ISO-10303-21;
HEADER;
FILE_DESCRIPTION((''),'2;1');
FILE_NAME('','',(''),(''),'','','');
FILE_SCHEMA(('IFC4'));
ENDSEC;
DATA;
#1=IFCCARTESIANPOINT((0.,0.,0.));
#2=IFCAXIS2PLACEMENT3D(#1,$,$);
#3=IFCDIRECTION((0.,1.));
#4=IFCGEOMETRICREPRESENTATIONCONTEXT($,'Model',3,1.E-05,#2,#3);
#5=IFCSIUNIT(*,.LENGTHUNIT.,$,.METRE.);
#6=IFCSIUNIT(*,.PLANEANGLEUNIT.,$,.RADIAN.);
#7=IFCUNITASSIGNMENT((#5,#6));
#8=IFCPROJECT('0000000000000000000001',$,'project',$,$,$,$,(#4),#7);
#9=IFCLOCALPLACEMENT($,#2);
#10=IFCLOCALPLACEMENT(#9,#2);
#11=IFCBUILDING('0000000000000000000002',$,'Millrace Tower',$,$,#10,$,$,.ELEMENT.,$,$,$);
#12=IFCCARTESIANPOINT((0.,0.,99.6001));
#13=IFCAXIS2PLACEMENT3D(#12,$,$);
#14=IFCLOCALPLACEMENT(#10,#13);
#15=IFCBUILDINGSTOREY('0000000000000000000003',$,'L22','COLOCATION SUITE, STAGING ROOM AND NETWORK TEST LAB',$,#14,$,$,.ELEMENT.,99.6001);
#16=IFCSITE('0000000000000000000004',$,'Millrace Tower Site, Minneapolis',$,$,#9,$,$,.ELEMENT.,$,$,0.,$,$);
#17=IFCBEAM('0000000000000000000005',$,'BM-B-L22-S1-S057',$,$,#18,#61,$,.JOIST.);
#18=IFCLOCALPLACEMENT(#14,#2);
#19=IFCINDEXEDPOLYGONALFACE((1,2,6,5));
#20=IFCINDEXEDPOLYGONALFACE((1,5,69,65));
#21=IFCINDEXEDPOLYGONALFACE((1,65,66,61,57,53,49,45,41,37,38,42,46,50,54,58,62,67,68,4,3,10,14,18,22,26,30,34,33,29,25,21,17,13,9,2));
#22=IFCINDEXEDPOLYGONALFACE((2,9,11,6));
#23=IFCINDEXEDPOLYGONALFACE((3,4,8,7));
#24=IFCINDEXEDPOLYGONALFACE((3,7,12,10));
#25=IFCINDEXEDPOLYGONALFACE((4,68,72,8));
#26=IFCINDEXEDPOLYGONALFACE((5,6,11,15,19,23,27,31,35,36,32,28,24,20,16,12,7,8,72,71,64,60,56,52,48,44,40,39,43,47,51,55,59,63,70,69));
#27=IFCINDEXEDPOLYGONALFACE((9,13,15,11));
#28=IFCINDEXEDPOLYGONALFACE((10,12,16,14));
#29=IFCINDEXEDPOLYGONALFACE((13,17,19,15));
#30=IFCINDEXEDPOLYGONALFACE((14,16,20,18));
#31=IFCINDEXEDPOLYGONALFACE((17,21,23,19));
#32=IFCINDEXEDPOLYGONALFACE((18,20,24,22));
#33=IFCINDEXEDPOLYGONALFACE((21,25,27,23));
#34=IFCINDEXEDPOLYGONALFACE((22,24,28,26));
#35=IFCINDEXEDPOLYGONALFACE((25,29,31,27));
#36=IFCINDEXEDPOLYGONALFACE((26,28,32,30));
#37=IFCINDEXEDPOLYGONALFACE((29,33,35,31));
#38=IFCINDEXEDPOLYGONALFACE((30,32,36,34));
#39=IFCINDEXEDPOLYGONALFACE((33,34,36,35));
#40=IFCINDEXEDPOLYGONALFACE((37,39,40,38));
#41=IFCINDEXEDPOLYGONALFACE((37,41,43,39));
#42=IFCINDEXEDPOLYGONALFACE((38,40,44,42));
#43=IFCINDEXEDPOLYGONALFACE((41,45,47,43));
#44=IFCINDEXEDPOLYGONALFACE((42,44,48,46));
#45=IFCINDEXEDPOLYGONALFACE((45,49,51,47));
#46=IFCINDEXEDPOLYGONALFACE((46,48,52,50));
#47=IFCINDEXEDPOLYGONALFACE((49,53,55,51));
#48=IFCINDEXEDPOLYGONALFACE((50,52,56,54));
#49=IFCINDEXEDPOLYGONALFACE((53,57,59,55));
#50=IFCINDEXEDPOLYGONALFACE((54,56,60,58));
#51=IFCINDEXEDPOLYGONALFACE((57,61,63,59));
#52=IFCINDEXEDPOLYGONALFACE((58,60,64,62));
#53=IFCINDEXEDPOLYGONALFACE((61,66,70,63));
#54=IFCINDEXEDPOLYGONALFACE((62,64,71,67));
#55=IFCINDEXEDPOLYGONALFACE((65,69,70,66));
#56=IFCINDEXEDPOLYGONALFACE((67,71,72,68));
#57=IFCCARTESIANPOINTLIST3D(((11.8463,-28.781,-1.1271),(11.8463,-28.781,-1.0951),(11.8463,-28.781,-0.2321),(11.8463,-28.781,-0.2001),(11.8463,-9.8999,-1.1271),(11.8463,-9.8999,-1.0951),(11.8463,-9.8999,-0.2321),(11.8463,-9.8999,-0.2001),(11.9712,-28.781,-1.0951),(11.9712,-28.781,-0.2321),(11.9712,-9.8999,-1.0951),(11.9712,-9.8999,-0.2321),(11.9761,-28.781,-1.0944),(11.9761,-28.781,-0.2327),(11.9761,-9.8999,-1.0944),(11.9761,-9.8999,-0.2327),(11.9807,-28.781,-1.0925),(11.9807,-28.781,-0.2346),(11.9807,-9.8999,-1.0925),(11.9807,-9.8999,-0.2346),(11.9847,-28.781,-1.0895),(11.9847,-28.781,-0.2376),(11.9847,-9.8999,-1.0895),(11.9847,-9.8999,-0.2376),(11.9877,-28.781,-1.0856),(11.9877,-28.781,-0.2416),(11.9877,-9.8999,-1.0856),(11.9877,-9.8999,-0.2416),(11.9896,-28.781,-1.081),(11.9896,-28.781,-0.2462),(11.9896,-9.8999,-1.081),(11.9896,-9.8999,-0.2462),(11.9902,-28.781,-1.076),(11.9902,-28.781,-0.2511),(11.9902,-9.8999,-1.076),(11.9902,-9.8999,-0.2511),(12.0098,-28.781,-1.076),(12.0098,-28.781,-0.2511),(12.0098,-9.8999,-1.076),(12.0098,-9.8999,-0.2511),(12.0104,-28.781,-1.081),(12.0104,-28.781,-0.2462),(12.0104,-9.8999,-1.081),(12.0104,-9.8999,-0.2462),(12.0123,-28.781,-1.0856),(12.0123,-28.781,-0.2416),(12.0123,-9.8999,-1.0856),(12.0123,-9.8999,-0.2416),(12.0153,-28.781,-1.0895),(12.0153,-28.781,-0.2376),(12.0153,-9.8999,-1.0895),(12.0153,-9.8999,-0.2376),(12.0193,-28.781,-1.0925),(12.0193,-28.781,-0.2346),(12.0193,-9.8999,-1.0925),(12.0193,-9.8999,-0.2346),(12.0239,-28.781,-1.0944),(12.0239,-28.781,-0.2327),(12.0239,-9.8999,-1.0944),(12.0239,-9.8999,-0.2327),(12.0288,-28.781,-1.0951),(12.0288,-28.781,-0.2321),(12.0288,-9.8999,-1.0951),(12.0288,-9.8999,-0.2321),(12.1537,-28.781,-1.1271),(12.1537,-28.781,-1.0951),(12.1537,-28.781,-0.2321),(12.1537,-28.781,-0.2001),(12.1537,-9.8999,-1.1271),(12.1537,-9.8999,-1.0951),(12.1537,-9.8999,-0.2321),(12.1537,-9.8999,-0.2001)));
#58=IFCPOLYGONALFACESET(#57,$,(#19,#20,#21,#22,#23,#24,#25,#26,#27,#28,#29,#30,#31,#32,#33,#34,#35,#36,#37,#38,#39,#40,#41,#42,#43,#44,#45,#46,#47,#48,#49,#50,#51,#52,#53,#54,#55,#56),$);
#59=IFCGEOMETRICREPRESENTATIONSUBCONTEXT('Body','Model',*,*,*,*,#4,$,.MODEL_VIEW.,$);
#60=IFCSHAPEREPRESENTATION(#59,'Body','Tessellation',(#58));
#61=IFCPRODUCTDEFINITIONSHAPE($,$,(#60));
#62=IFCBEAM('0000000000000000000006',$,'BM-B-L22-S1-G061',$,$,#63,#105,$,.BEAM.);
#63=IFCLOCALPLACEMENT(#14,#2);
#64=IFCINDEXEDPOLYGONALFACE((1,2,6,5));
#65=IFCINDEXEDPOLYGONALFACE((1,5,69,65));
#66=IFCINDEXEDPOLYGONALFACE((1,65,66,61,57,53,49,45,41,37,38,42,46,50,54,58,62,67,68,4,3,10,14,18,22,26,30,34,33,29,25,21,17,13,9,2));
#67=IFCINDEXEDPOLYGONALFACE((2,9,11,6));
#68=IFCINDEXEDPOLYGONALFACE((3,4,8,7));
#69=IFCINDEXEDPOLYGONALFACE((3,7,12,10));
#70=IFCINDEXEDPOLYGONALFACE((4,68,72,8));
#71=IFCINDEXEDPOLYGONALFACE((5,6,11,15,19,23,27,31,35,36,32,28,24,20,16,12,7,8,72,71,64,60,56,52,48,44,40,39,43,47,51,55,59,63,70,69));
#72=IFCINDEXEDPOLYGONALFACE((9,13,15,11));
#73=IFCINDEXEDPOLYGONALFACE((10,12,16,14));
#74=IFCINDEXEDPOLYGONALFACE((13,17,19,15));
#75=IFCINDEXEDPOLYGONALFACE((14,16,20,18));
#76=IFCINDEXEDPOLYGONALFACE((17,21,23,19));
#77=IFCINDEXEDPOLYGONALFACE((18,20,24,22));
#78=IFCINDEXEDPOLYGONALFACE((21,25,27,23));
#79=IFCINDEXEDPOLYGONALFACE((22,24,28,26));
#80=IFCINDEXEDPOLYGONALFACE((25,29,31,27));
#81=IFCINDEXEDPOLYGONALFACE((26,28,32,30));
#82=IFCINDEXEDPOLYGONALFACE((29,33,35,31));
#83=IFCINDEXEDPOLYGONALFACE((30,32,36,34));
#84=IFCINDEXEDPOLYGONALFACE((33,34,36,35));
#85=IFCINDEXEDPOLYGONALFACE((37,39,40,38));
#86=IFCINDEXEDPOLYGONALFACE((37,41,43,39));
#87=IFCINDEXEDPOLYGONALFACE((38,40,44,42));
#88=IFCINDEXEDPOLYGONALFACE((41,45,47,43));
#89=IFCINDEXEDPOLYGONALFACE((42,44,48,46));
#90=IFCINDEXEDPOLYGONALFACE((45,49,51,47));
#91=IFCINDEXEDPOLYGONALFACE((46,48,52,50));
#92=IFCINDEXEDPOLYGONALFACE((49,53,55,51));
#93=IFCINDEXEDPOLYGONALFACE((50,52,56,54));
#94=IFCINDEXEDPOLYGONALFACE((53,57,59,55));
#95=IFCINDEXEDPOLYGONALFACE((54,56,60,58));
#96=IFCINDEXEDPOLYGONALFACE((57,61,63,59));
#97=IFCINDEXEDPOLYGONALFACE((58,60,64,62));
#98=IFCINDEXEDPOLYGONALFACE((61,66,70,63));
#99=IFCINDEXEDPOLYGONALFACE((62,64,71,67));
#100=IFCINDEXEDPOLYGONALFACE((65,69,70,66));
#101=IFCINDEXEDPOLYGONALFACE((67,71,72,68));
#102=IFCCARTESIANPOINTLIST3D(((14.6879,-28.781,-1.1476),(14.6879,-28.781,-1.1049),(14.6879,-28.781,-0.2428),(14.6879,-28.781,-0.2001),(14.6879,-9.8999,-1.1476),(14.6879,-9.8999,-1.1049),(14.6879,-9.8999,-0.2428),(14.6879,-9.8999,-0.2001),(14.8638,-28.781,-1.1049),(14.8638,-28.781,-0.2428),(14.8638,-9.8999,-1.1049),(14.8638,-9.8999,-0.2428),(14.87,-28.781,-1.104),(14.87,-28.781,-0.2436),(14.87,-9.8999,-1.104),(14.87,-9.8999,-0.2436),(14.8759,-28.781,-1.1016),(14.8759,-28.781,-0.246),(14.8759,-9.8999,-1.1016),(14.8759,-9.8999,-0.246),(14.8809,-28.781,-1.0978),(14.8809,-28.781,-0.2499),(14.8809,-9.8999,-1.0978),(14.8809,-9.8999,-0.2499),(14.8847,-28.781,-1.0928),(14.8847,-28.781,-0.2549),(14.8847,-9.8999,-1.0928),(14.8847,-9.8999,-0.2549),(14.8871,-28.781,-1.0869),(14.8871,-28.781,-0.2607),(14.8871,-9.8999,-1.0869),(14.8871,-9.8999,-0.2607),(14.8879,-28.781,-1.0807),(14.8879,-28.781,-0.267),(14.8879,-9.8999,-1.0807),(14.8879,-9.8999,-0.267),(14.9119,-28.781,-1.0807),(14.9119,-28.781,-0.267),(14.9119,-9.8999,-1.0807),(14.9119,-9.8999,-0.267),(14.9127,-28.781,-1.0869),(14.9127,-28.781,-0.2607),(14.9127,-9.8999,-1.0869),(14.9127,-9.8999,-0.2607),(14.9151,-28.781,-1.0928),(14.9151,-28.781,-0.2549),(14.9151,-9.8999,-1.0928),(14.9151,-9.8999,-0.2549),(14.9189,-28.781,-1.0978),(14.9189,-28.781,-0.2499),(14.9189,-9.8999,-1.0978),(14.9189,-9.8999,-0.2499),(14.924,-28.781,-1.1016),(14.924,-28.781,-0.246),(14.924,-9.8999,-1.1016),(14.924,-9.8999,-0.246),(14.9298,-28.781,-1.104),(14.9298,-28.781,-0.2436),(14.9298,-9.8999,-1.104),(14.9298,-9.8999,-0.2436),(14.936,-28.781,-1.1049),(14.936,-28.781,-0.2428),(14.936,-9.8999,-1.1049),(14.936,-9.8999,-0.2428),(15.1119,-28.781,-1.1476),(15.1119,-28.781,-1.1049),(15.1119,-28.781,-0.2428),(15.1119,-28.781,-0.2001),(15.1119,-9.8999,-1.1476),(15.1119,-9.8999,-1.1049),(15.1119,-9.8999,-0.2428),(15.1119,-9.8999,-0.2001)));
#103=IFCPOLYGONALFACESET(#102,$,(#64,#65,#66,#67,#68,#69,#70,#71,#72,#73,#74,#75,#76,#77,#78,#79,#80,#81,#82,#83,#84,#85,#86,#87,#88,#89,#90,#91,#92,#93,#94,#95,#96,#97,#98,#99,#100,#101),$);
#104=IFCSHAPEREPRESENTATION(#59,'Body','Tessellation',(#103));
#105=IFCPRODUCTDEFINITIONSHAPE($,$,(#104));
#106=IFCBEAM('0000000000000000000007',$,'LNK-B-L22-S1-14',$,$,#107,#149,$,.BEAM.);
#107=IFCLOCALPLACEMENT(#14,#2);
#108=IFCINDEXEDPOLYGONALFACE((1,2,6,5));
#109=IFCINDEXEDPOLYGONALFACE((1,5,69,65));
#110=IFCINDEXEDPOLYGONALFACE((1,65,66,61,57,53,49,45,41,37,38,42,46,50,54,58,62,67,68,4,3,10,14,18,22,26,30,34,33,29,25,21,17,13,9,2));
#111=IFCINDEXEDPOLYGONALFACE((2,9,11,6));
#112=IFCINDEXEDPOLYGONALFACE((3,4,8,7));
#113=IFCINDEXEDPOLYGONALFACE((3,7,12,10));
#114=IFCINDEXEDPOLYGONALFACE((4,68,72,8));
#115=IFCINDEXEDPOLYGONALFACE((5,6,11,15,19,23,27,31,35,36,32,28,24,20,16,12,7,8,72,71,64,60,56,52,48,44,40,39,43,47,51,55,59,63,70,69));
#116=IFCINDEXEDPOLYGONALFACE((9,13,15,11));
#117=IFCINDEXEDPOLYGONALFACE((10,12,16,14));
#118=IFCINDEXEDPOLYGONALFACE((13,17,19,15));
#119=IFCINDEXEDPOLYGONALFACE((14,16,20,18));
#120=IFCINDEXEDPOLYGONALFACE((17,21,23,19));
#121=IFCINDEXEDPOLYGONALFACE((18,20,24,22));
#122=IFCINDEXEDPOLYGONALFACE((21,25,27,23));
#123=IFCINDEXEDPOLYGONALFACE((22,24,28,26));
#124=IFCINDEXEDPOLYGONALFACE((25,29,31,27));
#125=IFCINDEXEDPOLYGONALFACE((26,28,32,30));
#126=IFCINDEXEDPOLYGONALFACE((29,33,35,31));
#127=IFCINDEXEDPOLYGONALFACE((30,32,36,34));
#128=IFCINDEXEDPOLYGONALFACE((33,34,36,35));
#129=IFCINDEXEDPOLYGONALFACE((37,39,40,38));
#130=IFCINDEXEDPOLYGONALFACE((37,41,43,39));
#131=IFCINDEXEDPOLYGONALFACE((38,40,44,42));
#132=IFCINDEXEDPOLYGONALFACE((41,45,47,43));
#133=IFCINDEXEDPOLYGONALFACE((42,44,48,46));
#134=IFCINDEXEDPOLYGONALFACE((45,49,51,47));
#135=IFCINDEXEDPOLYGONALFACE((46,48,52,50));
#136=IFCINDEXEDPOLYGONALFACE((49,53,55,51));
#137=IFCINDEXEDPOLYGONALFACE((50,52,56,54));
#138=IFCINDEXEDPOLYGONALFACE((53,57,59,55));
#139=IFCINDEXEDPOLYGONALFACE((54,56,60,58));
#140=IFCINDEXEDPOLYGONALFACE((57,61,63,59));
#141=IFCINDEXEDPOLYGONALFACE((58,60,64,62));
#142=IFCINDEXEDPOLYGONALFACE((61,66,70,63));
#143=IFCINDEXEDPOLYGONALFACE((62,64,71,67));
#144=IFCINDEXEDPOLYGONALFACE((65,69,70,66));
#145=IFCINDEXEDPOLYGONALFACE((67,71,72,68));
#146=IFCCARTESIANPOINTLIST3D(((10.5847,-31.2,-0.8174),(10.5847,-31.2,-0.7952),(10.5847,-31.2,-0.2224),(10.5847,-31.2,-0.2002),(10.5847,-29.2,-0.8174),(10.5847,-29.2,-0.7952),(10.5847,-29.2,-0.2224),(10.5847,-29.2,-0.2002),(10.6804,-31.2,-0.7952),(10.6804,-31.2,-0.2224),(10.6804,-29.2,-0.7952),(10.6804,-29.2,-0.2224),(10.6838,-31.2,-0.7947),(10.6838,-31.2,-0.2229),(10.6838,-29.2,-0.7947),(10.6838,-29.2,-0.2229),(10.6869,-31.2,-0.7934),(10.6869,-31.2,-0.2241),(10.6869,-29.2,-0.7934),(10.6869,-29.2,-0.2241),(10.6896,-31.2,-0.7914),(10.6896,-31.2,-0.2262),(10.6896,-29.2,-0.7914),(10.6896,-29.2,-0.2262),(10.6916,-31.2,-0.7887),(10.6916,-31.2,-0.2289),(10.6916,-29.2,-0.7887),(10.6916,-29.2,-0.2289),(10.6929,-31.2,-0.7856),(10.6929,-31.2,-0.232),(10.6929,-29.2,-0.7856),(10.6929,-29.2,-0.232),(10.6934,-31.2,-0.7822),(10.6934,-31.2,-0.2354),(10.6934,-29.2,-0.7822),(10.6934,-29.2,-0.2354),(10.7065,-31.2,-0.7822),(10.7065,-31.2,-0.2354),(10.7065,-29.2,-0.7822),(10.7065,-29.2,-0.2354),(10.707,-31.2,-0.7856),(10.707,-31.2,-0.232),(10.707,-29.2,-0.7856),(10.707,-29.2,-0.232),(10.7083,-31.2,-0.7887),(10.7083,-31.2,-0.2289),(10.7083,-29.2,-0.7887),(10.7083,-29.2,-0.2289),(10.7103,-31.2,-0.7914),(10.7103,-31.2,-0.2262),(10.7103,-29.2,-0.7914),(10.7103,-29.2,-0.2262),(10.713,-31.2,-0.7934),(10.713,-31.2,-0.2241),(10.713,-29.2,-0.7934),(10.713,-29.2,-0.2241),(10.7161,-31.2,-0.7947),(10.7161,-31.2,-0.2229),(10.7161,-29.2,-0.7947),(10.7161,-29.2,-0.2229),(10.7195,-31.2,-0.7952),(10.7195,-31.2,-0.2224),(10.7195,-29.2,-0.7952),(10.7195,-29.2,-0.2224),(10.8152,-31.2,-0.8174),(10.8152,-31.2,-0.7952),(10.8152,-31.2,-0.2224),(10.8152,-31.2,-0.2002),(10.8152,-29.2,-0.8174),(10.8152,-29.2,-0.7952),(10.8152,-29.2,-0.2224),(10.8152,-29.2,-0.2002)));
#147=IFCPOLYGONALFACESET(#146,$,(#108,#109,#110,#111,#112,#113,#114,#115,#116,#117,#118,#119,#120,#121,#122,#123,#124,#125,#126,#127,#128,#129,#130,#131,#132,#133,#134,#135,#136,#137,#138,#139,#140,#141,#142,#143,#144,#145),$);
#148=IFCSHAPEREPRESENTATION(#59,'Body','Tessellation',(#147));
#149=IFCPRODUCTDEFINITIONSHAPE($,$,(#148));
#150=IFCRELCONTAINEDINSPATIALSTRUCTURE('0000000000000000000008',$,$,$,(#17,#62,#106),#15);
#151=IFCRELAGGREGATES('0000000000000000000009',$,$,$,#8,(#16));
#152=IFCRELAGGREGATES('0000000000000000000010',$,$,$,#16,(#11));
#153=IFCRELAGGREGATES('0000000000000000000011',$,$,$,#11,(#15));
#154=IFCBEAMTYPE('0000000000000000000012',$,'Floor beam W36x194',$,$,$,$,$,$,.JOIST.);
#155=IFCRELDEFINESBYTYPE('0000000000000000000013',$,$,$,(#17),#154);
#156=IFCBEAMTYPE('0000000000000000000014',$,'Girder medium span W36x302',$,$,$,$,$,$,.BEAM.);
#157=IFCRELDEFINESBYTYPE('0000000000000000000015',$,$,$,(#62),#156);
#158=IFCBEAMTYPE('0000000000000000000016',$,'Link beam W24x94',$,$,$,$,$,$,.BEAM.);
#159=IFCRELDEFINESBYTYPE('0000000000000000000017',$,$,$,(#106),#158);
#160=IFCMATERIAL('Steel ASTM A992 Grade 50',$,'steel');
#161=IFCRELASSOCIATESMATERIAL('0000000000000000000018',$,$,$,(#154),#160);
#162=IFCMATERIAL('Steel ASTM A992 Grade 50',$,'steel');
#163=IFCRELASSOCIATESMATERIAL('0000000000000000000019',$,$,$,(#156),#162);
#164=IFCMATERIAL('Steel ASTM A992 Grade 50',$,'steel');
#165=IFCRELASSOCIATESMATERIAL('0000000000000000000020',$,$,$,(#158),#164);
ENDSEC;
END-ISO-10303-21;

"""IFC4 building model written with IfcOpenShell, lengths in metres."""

from ifc_helpers import new_model, si_unit, direction, frame, origin, origin_2d, place, context, subcontext, project, spatial, i_section, extrude, material, material_profile, profile_set, type_object, element, save


model = new_model("IFC4")

# Units and contexts
model_context = context("Model", 3, precision=1e-05, world=origin(), true_north=direction((0.0, 1.0)))
body_context = subcontext(model_context, "Body", "Model", "MODEL_VIEW")
ifc_project = project(units=[si_unit("LENGTHUNIT", "METRE"), si_unit("PLANEANGLEUNIT", "RADIAN")], contexts=[model_context])

# Site, building, storey
site_placement = place(None, origin())
site = spatial("IfcSite", under=ifc_project, at=site_placement, Name="Millrace Tower Site, Minneapolis", CompositionType="ELEMENT", RefElevation=0.0)
building_placement = place(site_placement, origin())
building = spatial("IfcBuilding", under=site, at=building_placement, Name="Millrace Tower", CompositionType="ELEMENT")
storey_placement = place(building_placement, frame((0.0, 0.0, 99.6001)))
storey = spatial("IfcBuildingStorey", under=building, at=storey_placement, Name="L22", Description="COLOCATION SUITE, STAGING ROOM AND NETWORK TEST LAB", CompositionType="ELEMENT", Elevation=99.6001)

# Beams
ifc_material_1 = material(Name="Steel ASTM A992 Grade 50", Category="steel")
ifc_material_profile_1 = material_profile(ifc_material_1, i_section(OverallWidth=0.3074, OverallDepth=0.927, WebThickness=0.0195, FlangeThickness=0.032, FilletRadius=0.019, at=origin_2d()))
ifc_profile_set_1 = profile_set([ifc_material_profile_1], Name="Steel ASTM A992 Grade 50")
beam_type_1 = type_object("IfcBeamType", Name="Floor beam W36x194", PredefinedType="JOIST", material=ifc_profile_set_1)
for number, where, z_axis, x_axis, name in (
    (1, (12.0, -28.781, -0.6636), (0.0, 1.0, 0.0), (-1.0, 0.0, 0.0), "BM-B-L22-S1-S057"),
):
    element("IfcBeam", number, at=place(storey_placement, frame(where, z_axis=z_axis, x_axis=x_axis)), inside=storey, type_object=beam_type_1, Name=name, PredefinedType="JOIST", context=body_context, shape_type="SweptSolid", body=[
        extrude(i_section(OverallWidth=0.3074, OverallDepth=0.927, WebThickness=0.0195, FlangeThickness=0.032, FilletRadius=0.019, at=origin_2d()), origin(), (0.0, 0.0, 1.0), 18.8811),
    ])
ifc_material_2 = material(Name="Steel ASTM A992 Grade 50", Category="steel")
ifc_material_profile_2 = material_profile(ifc_material_2, i_section(OverallWidth=0.4241, OverallDepth=0.9475, WebThickness=0.0239, FlangeThickness=0.0427, FilletRadius=0.0242, at=origin_2d()))
ifc_profile_set_2 = profile_set([ifc_material_profile_2], Name="Steel ASTM A992 Grade 50")
beam_type_2 = type_object("IfcBeamType", Name="Girder medium span W36x302", PredefinedType="BEAM", material=ifc_profile_set_2)
beam_1_placement = place(storey_placement, frame((14.8999, -28.781, -0.6738), z_axis=(0.0, 1.0, 0.0), x_axis=(-1.0, 0.0, 0.0)))
element("IfcBeam", 2, at=beam_1_placement, inside=storey, type_object=beam_type_2, Name="BM-B-L22-S1-G061", PredefinedType="BEAM", context=body_context, shape_type="SweptSolid", body=[
    extrude(i_section(OverallWidth=0.4241, OverallDepth=0.9475, WebThickness=0.0239, FlangeThickness=0.0427, FilletRadius=0.0242, at=origin_2d()), origin(), (0.0, 0.0, 1.0), 18.8811),
])
ifc_material_3 = material(Name="Steel ASTM A992 Grade 50", Category="steel")
ifc_material_profile_3 = material_profile(ifc_material_3, i_section(OverallWidth=0.2305, OverallDepth=0.6172, WebThickness=0.0132, FlangeThickness=0.0222, FilletRadius=0.0129, at=origin_2d()))
ifc_profile_set_3 = profile_set([ifc_material_profile_3], Name="Steel ASTM A992 Grade 50")
beam_type_3 = type_object("IfcBeamType", Name="Link beam W24x94", PredefinedType="BEAM", material=ifc_profile_set_3)
beam_2_placement = place(storey_placement, frame((10.7, -29.2, -0.5088), z_axis=(0.0, -1.0, 0.0), x_axis=(1.0, 0.0, 0.0)))
element("IfcBeam", 3, at=beam_2_placement, inside=storey, type_object=beam_type_3, Name="LNK-B-L22-S1-14", PredefinedType="BEAM", context=body_context, shape_type="SweptSolid", body=[
    extrude(i_section(OverallWidth=0.2305, OverallDepth=0.6172, WebThickness=0.0132, FlangeThickness=0.0222, FilletRadius=0.0129, at=origin_2d()), origin(), (0.0, 0.0, 1.0), 2.0),
])

save(model, "model.ifc")
